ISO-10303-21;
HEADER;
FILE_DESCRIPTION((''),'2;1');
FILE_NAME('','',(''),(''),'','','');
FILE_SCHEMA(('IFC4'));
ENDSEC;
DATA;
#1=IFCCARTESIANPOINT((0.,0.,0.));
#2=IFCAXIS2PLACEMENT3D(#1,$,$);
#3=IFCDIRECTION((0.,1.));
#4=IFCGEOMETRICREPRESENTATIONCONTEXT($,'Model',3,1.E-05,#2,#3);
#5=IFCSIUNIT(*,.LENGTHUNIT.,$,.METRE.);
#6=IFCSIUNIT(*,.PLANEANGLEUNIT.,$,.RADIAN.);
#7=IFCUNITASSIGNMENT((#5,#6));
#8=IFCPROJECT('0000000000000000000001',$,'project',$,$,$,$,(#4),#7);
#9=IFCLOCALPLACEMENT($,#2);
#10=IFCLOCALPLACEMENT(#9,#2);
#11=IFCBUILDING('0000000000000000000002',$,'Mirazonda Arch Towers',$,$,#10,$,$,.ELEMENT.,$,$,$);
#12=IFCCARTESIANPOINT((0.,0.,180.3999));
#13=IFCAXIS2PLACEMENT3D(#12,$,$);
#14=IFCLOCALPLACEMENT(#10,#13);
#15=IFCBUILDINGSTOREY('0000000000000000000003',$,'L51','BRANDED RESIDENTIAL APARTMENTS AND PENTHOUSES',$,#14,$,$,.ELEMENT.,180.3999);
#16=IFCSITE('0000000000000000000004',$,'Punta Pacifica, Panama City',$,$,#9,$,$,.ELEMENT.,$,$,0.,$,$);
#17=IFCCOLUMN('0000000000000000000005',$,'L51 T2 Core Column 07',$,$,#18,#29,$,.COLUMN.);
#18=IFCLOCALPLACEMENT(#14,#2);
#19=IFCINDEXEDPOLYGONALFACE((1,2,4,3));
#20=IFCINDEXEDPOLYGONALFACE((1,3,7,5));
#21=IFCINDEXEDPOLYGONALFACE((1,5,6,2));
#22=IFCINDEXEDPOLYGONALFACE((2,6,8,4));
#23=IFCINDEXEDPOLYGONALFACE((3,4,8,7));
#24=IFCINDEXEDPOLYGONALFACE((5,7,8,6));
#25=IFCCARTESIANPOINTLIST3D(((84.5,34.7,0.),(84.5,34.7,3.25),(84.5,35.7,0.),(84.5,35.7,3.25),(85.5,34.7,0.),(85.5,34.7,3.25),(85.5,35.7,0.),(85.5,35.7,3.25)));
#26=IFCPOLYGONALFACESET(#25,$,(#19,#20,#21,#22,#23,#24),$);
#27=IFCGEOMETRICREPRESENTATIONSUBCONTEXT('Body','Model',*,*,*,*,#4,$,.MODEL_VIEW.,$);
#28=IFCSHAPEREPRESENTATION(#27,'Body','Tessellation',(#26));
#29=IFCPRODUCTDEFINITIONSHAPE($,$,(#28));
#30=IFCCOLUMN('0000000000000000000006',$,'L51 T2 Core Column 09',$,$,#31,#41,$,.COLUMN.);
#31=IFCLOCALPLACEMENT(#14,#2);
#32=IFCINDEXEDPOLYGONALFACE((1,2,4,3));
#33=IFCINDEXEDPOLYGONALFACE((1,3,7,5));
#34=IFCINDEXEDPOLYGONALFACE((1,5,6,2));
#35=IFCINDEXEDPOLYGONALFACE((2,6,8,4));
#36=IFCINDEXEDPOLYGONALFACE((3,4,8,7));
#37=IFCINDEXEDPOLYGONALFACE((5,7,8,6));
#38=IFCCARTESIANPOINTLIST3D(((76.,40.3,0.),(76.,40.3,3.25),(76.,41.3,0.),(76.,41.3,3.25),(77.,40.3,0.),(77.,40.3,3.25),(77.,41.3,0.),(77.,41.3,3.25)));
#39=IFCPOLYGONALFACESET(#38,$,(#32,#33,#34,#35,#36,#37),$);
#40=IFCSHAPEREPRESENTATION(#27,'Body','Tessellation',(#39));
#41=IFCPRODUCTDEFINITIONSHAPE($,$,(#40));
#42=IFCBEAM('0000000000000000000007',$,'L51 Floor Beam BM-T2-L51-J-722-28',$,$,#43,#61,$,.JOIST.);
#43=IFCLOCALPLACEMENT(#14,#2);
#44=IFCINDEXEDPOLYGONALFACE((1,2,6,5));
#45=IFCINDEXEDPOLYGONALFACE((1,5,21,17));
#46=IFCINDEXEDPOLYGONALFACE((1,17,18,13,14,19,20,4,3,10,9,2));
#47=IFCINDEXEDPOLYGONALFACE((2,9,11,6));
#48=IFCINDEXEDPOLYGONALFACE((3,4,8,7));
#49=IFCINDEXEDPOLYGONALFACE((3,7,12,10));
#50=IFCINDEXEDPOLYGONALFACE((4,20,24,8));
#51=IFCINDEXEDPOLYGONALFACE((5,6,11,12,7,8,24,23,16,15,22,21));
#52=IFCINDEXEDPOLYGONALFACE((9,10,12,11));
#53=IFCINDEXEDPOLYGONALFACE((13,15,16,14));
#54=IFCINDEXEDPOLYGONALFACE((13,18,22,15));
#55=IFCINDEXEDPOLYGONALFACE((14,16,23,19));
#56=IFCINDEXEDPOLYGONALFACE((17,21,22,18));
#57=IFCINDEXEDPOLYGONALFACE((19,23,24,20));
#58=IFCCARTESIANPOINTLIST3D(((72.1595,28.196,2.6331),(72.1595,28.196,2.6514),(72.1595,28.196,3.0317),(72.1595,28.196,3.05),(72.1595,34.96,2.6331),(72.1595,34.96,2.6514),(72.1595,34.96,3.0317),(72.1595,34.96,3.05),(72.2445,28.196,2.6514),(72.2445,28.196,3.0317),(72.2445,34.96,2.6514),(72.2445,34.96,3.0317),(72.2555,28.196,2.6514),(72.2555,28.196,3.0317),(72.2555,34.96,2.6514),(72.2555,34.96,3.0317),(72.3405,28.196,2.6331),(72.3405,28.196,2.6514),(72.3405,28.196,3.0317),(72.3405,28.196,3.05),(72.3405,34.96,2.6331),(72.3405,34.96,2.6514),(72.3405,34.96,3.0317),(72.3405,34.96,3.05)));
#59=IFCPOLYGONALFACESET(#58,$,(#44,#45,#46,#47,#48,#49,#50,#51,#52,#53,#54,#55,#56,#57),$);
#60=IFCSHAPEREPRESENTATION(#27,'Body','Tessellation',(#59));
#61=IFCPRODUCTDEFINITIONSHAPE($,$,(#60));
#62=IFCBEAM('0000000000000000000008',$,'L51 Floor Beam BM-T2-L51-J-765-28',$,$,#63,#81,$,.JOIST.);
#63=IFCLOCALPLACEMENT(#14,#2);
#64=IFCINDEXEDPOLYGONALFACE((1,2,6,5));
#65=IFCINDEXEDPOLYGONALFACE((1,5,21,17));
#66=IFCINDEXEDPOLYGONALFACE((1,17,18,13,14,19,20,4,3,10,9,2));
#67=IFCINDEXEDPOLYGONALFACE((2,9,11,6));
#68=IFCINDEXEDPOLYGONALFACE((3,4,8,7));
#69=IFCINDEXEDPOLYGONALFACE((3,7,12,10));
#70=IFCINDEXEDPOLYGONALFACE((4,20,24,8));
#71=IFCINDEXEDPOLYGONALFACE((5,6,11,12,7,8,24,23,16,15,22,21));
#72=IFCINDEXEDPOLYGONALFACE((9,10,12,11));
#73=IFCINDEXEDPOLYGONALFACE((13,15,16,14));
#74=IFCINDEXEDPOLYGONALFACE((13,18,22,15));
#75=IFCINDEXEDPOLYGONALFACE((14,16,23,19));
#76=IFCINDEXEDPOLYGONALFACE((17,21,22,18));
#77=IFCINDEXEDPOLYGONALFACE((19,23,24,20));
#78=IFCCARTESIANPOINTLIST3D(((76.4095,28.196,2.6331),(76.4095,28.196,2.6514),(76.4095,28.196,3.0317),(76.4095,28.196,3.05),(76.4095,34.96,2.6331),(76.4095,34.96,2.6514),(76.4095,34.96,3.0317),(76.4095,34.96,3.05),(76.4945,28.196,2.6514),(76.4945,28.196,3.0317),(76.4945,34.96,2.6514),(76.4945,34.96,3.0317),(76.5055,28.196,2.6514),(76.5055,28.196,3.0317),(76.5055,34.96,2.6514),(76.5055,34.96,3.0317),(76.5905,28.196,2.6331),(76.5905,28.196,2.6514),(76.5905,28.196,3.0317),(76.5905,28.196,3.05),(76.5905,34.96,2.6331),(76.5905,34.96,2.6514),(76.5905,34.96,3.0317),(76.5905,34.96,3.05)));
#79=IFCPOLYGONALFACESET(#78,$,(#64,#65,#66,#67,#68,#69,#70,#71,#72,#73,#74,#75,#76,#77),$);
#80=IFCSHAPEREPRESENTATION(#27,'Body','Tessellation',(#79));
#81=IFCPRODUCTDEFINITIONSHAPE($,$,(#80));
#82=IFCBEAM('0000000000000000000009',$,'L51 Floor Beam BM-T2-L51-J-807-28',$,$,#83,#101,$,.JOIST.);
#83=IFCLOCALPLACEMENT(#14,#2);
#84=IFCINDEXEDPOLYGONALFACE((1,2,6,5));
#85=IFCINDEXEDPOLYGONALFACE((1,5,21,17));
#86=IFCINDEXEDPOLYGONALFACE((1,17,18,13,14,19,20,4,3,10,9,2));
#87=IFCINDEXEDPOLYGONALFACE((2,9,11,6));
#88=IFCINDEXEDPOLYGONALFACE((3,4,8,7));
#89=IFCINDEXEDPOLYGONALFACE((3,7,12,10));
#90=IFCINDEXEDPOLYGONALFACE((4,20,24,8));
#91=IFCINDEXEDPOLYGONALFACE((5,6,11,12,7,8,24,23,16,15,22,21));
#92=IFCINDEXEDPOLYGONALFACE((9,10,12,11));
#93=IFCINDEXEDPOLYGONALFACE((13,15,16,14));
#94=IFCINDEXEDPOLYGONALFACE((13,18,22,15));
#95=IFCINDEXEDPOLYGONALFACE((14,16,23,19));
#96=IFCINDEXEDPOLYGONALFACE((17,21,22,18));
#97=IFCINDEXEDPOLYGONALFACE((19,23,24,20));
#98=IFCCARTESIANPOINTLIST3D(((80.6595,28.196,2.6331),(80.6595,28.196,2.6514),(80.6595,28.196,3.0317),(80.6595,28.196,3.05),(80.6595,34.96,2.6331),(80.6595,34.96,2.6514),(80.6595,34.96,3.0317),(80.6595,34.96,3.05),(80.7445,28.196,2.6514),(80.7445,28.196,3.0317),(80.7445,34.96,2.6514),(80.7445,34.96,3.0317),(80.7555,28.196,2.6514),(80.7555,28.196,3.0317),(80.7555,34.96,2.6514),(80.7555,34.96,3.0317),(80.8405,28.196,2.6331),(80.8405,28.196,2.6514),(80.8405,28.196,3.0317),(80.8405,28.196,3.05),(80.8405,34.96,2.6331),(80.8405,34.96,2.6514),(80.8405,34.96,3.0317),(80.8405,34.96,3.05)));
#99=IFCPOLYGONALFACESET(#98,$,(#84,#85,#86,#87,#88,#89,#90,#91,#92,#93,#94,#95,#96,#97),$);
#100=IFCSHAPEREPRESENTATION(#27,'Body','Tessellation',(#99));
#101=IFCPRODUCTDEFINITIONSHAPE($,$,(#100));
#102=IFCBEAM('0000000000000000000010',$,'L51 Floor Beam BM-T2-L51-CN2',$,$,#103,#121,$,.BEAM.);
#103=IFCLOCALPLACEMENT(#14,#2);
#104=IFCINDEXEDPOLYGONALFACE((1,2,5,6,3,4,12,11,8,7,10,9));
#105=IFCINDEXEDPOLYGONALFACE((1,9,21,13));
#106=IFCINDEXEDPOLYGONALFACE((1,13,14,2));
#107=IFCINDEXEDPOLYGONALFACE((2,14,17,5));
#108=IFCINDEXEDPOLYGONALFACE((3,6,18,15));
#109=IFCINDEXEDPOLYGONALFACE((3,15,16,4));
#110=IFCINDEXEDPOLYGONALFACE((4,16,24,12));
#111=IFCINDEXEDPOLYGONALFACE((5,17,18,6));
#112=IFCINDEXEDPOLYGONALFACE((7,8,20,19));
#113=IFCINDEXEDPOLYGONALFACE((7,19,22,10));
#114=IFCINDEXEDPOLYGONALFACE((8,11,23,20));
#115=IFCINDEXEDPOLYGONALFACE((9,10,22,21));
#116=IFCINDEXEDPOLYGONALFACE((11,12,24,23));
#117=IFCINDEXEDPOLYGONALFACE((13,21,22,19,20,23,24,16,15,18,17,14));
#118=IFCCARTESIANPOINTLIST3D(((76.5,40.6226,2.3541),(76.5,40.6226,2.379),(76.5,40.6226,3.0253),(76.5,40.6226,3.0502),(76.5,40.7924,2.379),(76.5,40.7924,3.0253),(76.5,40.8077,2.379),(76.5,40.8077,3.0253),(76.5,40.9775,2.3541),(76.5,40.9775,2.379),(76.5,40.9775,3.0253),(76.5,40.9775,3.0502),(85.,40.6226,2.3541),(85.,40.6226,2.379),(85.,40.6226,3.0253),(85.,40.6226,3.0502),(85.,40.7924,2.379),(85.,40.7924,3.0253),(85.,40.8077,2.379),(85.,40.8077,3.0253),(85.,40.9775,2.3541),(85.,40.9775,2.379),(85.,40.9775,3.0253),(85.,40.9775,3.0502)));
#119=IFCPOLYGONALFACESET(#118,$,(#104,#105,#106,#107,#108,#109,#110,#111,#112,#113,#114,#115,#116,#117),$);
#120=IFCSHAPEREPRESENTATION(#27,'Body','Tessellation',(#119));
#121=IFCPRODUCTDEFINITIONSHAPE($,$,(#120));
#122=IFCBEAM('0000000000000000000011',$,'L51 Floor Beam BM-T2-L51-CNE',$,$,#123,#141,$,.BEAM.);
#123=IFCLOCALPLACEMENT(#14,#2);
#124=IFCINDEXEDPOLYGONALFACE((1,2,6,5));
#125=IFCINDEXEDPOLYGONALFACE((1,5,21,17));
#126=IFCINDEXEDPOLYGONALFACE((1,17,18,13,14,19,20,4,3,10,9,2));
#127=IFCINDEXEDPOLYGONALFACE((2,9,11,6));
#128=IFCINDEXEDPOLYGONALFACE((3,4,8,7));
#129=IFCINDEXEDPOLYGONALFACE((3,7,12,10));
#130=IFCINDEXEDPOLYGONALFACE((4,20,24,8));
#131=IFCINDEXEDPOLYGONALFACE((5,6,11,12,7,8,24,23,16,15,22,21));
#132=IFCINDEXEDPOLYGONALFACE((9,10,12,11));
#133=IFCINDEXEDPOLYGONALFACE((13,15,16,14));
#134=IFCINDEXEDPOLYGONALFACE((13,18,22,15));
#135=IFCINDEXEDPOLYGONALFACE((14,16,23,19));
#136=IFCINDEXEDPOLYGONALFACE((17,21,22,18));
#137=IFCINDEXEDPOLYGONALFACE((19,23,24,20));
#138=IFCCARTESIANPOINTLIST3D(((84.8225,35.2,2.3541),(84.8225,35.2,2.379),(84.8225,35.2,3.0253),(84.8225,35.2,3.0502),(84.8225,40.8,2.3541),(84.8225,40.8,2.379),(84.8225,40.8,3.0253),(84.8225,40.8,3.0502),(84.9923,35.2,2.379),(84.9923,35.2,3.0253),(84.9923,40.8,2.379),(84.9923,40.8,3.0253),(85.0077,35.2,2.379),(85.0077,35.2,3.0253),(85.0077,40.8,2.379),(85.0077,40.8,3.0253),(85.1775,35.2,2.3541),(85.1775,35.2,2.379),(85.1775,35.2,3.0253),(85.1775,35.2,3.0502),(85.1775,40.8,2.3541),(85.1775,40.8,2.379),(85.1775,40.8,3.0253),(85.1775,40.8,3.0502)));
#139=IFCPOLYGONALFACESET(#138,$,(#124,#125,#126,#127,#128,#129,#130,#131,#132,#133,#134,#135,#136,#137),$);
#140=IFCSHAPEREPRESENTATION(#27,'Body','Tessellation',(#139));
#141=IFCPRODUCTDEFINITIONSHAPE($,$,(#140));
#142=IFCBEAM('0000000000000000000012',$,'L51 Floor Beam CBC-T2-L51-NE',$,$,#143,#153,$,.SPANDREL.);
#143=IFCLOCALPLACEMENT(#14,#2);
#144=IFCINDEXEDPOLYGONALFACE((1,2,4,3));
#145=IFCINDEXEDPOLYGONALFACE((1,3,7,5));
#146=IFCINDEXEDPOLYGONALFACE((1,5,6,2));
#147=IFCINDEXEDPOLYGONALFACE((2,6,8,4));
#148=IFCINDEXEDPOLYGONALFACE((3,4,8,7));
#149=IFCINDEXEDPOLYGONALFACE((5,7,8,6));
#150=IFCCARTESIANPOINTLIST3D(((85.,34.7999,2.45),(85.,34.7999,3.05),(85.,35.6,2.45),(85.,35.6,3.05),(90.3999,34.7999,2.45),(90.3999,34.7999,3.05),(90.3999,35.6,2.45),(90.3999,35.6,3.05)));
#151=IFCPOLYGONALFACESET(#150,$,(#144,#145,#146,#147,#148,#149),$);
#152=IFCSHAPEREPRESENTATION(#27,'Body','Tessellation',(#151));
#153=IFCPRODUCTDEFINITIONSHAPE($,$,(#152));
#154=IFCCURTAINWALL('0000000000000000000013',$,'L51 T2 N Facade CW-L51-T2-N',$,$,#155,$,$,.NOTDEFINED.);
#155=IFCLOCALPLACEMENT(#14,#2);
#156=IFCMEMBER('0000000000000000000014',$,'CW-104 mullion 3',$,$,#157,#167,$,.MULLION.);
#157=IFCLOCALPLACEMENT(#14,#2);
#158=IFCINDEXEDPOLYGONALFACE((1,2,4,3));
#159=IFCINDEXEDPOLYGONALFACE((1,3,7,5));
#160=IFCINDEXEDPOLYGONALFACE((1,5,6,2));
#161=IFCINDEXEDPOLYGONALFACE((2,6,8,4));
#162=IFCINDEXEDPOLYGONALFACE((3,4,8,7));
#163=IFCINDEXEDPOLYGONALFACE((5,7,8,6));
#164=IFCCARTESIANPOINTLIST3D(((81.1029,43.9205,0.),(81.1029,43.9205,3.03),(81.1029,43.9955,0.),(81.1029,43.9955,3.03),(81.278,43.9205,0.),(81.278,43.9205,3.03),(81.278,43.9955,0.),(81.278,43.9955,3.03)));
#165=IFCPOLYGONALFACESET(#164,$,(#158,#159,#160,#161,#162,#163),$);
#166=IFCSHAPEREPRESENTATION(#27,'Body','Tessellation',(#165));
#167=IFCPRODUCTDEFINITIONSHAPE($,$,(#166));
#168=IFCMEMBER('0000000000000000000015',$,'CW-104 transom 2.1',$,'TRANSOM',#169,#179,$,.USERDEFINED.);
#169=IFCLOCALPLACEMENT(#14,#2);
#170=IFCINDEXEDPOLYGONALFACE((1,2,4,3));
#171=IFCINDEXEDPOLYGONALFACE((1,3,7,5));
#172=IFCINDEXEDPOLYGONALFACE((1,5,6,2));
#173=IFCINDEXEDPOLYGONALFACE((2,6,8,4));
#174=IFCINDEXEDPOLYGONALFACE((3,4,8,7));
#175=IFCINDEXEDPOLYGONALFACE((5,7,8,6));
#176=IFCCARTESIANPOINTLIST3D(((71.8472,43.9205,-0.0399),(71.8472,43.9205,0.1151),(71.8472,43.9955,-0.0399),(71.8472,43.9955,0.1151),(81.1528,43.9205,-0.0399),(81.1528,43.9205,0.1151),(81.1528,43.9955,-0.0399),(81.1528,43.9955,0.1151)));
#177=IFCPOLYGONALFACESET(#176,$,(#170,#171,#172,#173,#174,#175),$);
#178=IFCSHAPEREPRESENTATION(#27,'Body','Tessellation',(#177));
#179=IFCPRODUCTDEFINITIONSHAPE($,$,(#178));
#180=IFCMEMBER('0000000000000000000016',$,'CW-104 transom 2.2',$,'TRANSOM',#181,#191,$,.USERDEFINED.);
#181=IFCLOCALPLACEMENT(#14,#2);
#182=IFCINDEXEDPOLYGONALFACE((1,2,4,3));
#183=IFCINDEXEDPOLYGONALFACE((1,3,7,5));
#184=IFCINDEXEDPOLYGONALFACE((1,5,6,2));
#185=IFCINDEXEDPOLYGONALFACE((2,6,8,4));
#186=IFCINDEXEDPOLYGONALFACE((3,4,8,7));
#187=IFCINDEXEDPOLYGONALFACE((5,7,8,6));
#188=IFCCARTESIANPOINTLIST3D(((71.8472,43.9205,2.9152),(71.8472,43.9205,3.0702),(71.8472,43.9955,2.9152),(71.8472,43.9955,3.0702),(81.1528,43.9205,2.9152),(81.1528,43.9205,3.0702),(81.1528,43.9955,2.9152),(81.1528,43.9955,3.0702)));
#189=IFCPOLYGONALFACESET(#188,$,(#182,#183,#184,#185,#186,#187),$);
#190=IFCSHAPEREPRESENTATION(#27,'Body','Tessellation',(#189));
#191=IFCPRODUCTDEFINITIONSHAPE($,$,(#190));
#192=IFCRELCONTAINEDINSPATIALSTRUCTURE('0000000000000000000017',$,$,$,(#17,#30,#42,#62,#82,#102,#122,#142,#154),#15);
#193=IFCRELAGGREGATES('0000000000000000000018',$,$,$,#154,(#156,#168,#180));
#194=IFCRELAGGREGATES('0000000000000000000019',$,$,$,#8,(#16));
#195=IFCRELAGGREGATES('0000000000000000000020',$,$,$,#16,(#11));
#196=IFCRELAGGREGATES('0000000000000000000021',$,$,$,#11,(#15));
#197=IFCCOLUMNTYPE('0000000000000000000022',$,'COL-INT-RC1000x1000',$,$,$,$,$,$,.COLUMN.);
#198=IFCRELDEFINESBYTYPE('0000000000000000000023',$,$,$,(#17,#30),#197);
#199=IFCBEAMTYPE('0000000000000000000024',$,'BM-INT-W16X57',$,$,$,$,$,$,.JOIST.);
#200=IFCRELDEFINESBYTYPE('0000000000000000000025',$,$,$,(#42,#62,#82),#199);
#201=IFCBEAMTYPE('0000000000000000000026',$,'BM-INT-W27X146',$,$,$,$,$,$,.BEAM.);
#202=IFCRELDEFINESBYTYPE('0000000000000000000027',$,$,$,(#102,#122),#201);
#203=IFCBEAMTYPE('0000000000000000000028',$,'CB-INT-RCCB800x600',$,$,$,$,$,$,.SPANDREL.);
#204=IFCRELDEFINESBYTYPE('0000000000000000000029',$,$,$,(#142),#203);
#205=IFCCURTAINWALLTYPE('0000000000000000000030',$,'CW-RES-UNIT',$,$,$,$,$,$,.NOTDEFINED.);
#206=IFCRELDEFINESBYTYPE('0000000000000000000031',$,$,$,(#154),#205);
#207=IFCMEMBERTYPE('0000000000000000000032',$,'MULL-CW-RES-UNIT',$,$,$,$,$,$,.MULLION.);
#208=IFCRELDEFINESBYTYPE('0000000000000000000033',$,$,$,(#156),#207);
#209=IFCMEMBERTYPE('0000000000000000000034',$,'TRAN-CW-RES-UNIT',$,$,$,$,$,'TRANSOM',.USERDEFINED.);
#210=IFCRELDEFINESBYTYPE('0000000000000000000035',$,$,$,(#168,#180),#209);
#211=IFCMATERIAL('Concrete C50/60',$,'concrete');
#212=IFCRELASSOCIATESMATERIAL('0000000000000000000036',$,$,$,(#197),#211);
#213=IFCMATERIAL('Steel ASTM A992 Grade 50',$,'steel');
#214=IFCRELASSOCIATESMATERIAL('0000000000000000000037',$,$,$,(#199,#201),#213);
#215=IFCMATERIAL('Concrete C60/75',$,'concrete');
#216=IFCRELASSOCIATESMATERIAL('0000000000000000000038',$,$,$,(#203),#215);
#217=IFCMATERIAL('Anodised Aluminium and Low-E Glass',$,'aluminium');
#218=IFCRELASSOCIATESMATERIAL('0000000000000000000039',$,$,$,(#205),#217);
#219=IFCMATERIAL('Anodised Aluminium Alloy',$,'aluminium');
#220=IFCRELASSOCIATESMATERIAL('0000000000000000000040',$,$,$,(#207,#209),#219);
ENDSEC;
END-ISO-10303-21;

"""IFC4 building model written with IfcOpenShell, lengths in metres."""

from ifc_helpers import new_model, si_unit, direction, frame, origin, origin_2d, place, context, subcontext, project, spatial, rectangle, i_section, extrude, material, material_profile, profile_set, type_object, element, aggregate, save


model = new_model("IFC4")

# Units and contexts
model_context = context("Model", 3, precision=1e-05, world=origin(), true_north=direction((0.0, 1.0)))
body_context = subcontext(model_context, "Body", "Model", "MODEL_VIEW")
ifc_project = project(units=[si_unit("LENGTHUNIT", "METRE"), si_unit("PLANEANGLEUNIT", "RADIAN")], contexts=[model_context])

# Site, building, storey
site_placement = place(None, origin())
site = spatial("IfcSite", under=ifc_project, at=site_placement, Name="Punta Pacifica, Panama City", CompositionType="ELEMENT", RefElevation=0.0)
building_placement = place(site_placement, origin())
building = spatial("IfcBuilding", under=site, at=building_placement, Name="Mirazonda Arch Towers", CompositionType="ELEMENT")
storey_placement = place(building_placement, frame((0.0, 0.0, 180.3999)))
storey = spatial("IfcBuildingStorey", under=building, at=storey_placement, Name="L51", Description="BRANDED RESIDENTIAL APARTMENTS AND PENTHOUSES", CompositionType="ELEMENT", Elevation=180.3999)

# Columns
ifc_material_1 = material(Name="Concrete C50/60", Category="concrete")
ifc_material_profile_1 = material_profile(ifc_material_1, rectangle(XDim=1.0, YDim=1.0, at=origin_2d()), Name="RC1000x1000")
ifc_profile_set_1 = profile_set([ifc_material_profile_1], Name="Concrete C50/60")
column_type = type_object("IfcColumnType", Name="COL-INT-RC1000x1000", PredefinedType="COLUMN", material=ifc_profile_set_1)
for number, where, z_axis, x_axis, name in (
    (1, (85.0, 35.2, 0.0), (0.0, 0.0, 1.0), (1.0, 0.0, 0.0), "L51 T2 Core Column 07"),
    (2, (76.5, 40.8, 0.0), (0.0, 0.0, 1.0), (1.0, 0.0, 0.0), "L51 T2 Core Column 09"),
):
    element("IfcColumn", number, at=place(storey_placement, frame(where, z_axis=z_axis, x_axis=x_axis)), inside=storey, type_object=column_type, Name=name, PredefinedType="COLUMN", context=body_context, shape_type="SweptSolid", body=[
        extrude(rectangle(XDim=1.0, YDim=1.0, at=origin_2d()), origin(), (0.0, 0.0, 1.0), 3.25),
    ])

# Beams
ifc_material_2 = material(Name="Steel ASTM A992 Grade 50", Category="steel")
ifc_material_profile_2 = material_profile(ifc_material_2, i_section(OverallWidth=0.1809, OverallDepth=0.417, WebThickness=0.011, FlangeThickness=0.0183, at=origin_2d()), Name="W16X57")
ifc_profile_set_2 = profile_set([ifc_material_profile_2], Name="Steel ASTM A992 Grade 50")
beam_type_1 = type_object("IfcBeamType", Name="BM-INT-W16X57", PredefinedType="JOIST", material=ifc_profile_set_2)
for number, where, z_axis, x_axis, name in (
    (3, (72.25, 28.196, 2.8416), (0.0, 1.0, 0.0), (-1.0, 0.0, 0.0), "L51 Floor Beam BM-T2-L51-J-722-28"),
    (4, (76.5, 28.196, 2.8416), (0.0, 1.0, 0.0), (-1.0, 0.0, 0.0), "L51 Floor Beam BM-T2-L51-J-765-28"),
    (5, (80.75, 28.196, 2.8416), (0.0, 1.0, 0.0), (-1.0, 0.0, 0.0), "L51 Floor Beam BM-T2-L51-J-807-28"),
):
    element("IfcBeam", number, at=place(storey_placement, frame(where, z_axis=z_axis, x_axis=x_axis)), inside=storey, type_object=beam_type_1, Name=name, PredefinedType="JOIST", context=body_context, shape_type="SweptSolid", body=[
        extrude(i_section(OverallWidth=0.1809, OverallDepth=0.417, WebThickness=0.011, FlangeThickness=0.0183, at=origin_2d()), origin(), (0.0, 0.0, 1.0), 6.7639),
    ])
ifc_material_profile_3 = material_profile(ifc_material_2, i_section(OverallWidth=0.355, OverallDepth=0.696, WebThickness=0.0154, FlangeThickness=0.0249, at=origin_2d()), Name="W27X146")
ifc_profile_set_3 = profile_set([ifc_material_profile_3], Name="Steel ASTM A992 Grade 50")
beam_type_2 = type_object("IfcBeamType", Name="BM-INT-W27X146", PredefinedType="BEAM", material=ifc_profile_set_3)
beam_1_placement = place(storey_placement, frame((76.5, 40.8, 2.7021), z_axis=(1.0, 0.0, 0.0), x_axis=(0.0, 1.0, 0.0)))
element("IfcBeam", 6, at=beam_1_placement, inside=storey, type_object=beam_type_2, Name="L51 Floor Beam BM-T2-L51-CN2", PredefinedType="BEAM", context=body_context, shape_type="SweptSolid", body=[
    extrude(i_section(OverallWidth=0.355, OverallDepth=0.696, WebThickness=0.0154, FlangeThickness=0.0249, at=origin_2d()), origin(), (0.0, 0.0, 1.0), 8.5),
])
beam_2_placement = place(storey_placement, frame((85.0, 35.2, 2.7021), z_axis=(0.0, 1.0, 0.0), x_axis=(-1.0, 0.0, 0.0)))
element("IfcBeam", 7, at=beam_2_placement, inside=storey, type_object=beam_type_2, Name="L51 Floor Beam BM-T2-L51-CNE", PredefinedType="BEAM", context=body_context, shape_type="SweptSolid", body=[
    extrude(i_section(OverallWidth=0.355, OverallDepth=0.696, WebThickness=0.0154, FlangeThickness=0.0249, at=origin_2d()), origin(), (0.0, 0.0, 1.0), 5.6001),
])
ifc_material_3 = material(Name="Concrete C60/75", Category="concrete")
ifc_material_profile_4 = material_profile(ifc_material_3, rectangle(XDim=0.8, YDim=0.6001, at=origin_2d()), Name="RCCB800x600")
ifc_profile_set_4 = profile_set([ifc_material_profile_4], Name="Concrete C60/75")
beam_type_3 = type_object("IfcBeamType", Name="CB-INT-RCCB800x600", PredefinedType="SPANDREL", material=ifc_profile_set_4)
beam_3_placement = place(storey_placement, frame((85.0, 35.2, 2.75), z_axis=(1.0, 0.0, 0.0), x_axis=(0.0, 1.0, 0.0)))
element("IfcBeam", 8, at=beam_3_placement, inside=storey, type_object=beam_type_3, Name="L51 Floor Beam CBC-T2-L51-NE", PredefinedType="SPANDREL", context=body_context, shape_type="SweptSolid", body=[
    extrude(rectangle(XDim=0.8, YDim=0.6001, at=origin_2d()), origin(), (0.0, 0.0, 1.0), 5.3999),
])

# Curtain wall, members
ifc_material_4 = material(Name="Anodised Aluminium and Low-E Glass", Category="aluminium")
curtain_wall_type = type_object("IfcCurtainWallType", Name="CW-RES-UNIT", PredefinedType="NOTDEFINED", material=ifc_material_4)
curtain_wall_placement = place(storey_placement, origin())
curtain_wall = element("IfcCurtainWall", 9, at=curtain_wall_placement, inside=storey, type_object=curtain_wall_type, Name="L51 T2 N Facade CW-L51-T2-N", PredefinedType="NOTDEFINED")
ifc_material_5 = material(Name="Anodised Aluminium Alloy", Category="aluminium")
ifc_material_profile_5 = material_profile(ifc_material_5, rectangle(XDim=0.075, YDim=0.175, at=origin_2d()), Name="ALU-MULL-75x175")
ifc_profile_set_5 = profile_set([ifc_material_profile_5], Name="Anodised Aluminium Alloy")
member_type_1 = type_object("IfcMemberType", Name="MULL-CW-RES-UNIT", PredefinedType="MULLION", material=ifc_profile_set_5)
member_1_placement = place(storey_placement, frame((81.1904, 43.958, 0.0), z_axis=(0.0, 0.0, 1.0), x_axis=(0.0, 1.0, 0.0)))
member_1 = element("IfcMember", 10, at=member_1_placement, type_object=member_type_1, Name="CW-104 mullion 3", PredefinedType="MULLION", context=body_context, shape_type="SweptSolid", body=[
    extrude(rectangle(XDim=0.075, YDim=0.175, at=origin_2d()), origin(), (0.0, 0.0, 1.0), 3.03),
])
ifc_material_profile_6 = material_profile(ifc_material_5, rectangle(XDim=0.075, YDim=0.155, at=origin_2d()), Name="ALU-TRAN-75x155")
ifc_profile_set_6 = profile_set([ifc_material_profile_6], Name="Anodised Aluminium Alloy")
member_type_2 = type_object("IfcMemberType", Name="TRAN-CW-RES-UNIT", ElementType="TRANSOM", PredefinedType="USERDEFINED", material=ifc_profile_set_6)
member_2_placement = place(storey_placement, frame((71.8472, 43.958, 0.0376), z_axis=(1.0, 0.0, 0.0), x_axis=(0.0, 1.0, 0.0)))
member_2 = element("IfcMember", 11, at=member_2_placement, type_object=member_type_2, Name="CW-104 transom 2.1", ObjectType="TRANSOM", PredefinedType="USERDEFINED", context=body_context, shape_type="SweptSolid", body=[
    extrude(rectangle(XDim=0.075, YDim=0.155, at=origin_2d()), origin(), (0.0, 0.0, 1.0), 9.3057),
])
member_3_placement = place(storey_placement, frame((71.8472, 43.958, 2.9927), z_axis=(1.0, 0.0, 0.0), x_axis=(0.0, 1.0, 0.0)))
member_3 = element("IfcMember", 12, at=member_3_placement, type_object=member_type_2, Name="CW-104 transom 2.2", ObjectType="TRANSOM", PredefinedType="USERDEFINED", context=body_context, shape_type="SweptSolid", body=[
    extrude(rectangle(XDim=0.075, YDim=0.155, at=origin_2d()), origin(), (0.0, 0.0, 1.0), 9.3057),
])
aggregate(curtain_wall, [member_1, member_2, member_3])

save(model, "model.ifc")
